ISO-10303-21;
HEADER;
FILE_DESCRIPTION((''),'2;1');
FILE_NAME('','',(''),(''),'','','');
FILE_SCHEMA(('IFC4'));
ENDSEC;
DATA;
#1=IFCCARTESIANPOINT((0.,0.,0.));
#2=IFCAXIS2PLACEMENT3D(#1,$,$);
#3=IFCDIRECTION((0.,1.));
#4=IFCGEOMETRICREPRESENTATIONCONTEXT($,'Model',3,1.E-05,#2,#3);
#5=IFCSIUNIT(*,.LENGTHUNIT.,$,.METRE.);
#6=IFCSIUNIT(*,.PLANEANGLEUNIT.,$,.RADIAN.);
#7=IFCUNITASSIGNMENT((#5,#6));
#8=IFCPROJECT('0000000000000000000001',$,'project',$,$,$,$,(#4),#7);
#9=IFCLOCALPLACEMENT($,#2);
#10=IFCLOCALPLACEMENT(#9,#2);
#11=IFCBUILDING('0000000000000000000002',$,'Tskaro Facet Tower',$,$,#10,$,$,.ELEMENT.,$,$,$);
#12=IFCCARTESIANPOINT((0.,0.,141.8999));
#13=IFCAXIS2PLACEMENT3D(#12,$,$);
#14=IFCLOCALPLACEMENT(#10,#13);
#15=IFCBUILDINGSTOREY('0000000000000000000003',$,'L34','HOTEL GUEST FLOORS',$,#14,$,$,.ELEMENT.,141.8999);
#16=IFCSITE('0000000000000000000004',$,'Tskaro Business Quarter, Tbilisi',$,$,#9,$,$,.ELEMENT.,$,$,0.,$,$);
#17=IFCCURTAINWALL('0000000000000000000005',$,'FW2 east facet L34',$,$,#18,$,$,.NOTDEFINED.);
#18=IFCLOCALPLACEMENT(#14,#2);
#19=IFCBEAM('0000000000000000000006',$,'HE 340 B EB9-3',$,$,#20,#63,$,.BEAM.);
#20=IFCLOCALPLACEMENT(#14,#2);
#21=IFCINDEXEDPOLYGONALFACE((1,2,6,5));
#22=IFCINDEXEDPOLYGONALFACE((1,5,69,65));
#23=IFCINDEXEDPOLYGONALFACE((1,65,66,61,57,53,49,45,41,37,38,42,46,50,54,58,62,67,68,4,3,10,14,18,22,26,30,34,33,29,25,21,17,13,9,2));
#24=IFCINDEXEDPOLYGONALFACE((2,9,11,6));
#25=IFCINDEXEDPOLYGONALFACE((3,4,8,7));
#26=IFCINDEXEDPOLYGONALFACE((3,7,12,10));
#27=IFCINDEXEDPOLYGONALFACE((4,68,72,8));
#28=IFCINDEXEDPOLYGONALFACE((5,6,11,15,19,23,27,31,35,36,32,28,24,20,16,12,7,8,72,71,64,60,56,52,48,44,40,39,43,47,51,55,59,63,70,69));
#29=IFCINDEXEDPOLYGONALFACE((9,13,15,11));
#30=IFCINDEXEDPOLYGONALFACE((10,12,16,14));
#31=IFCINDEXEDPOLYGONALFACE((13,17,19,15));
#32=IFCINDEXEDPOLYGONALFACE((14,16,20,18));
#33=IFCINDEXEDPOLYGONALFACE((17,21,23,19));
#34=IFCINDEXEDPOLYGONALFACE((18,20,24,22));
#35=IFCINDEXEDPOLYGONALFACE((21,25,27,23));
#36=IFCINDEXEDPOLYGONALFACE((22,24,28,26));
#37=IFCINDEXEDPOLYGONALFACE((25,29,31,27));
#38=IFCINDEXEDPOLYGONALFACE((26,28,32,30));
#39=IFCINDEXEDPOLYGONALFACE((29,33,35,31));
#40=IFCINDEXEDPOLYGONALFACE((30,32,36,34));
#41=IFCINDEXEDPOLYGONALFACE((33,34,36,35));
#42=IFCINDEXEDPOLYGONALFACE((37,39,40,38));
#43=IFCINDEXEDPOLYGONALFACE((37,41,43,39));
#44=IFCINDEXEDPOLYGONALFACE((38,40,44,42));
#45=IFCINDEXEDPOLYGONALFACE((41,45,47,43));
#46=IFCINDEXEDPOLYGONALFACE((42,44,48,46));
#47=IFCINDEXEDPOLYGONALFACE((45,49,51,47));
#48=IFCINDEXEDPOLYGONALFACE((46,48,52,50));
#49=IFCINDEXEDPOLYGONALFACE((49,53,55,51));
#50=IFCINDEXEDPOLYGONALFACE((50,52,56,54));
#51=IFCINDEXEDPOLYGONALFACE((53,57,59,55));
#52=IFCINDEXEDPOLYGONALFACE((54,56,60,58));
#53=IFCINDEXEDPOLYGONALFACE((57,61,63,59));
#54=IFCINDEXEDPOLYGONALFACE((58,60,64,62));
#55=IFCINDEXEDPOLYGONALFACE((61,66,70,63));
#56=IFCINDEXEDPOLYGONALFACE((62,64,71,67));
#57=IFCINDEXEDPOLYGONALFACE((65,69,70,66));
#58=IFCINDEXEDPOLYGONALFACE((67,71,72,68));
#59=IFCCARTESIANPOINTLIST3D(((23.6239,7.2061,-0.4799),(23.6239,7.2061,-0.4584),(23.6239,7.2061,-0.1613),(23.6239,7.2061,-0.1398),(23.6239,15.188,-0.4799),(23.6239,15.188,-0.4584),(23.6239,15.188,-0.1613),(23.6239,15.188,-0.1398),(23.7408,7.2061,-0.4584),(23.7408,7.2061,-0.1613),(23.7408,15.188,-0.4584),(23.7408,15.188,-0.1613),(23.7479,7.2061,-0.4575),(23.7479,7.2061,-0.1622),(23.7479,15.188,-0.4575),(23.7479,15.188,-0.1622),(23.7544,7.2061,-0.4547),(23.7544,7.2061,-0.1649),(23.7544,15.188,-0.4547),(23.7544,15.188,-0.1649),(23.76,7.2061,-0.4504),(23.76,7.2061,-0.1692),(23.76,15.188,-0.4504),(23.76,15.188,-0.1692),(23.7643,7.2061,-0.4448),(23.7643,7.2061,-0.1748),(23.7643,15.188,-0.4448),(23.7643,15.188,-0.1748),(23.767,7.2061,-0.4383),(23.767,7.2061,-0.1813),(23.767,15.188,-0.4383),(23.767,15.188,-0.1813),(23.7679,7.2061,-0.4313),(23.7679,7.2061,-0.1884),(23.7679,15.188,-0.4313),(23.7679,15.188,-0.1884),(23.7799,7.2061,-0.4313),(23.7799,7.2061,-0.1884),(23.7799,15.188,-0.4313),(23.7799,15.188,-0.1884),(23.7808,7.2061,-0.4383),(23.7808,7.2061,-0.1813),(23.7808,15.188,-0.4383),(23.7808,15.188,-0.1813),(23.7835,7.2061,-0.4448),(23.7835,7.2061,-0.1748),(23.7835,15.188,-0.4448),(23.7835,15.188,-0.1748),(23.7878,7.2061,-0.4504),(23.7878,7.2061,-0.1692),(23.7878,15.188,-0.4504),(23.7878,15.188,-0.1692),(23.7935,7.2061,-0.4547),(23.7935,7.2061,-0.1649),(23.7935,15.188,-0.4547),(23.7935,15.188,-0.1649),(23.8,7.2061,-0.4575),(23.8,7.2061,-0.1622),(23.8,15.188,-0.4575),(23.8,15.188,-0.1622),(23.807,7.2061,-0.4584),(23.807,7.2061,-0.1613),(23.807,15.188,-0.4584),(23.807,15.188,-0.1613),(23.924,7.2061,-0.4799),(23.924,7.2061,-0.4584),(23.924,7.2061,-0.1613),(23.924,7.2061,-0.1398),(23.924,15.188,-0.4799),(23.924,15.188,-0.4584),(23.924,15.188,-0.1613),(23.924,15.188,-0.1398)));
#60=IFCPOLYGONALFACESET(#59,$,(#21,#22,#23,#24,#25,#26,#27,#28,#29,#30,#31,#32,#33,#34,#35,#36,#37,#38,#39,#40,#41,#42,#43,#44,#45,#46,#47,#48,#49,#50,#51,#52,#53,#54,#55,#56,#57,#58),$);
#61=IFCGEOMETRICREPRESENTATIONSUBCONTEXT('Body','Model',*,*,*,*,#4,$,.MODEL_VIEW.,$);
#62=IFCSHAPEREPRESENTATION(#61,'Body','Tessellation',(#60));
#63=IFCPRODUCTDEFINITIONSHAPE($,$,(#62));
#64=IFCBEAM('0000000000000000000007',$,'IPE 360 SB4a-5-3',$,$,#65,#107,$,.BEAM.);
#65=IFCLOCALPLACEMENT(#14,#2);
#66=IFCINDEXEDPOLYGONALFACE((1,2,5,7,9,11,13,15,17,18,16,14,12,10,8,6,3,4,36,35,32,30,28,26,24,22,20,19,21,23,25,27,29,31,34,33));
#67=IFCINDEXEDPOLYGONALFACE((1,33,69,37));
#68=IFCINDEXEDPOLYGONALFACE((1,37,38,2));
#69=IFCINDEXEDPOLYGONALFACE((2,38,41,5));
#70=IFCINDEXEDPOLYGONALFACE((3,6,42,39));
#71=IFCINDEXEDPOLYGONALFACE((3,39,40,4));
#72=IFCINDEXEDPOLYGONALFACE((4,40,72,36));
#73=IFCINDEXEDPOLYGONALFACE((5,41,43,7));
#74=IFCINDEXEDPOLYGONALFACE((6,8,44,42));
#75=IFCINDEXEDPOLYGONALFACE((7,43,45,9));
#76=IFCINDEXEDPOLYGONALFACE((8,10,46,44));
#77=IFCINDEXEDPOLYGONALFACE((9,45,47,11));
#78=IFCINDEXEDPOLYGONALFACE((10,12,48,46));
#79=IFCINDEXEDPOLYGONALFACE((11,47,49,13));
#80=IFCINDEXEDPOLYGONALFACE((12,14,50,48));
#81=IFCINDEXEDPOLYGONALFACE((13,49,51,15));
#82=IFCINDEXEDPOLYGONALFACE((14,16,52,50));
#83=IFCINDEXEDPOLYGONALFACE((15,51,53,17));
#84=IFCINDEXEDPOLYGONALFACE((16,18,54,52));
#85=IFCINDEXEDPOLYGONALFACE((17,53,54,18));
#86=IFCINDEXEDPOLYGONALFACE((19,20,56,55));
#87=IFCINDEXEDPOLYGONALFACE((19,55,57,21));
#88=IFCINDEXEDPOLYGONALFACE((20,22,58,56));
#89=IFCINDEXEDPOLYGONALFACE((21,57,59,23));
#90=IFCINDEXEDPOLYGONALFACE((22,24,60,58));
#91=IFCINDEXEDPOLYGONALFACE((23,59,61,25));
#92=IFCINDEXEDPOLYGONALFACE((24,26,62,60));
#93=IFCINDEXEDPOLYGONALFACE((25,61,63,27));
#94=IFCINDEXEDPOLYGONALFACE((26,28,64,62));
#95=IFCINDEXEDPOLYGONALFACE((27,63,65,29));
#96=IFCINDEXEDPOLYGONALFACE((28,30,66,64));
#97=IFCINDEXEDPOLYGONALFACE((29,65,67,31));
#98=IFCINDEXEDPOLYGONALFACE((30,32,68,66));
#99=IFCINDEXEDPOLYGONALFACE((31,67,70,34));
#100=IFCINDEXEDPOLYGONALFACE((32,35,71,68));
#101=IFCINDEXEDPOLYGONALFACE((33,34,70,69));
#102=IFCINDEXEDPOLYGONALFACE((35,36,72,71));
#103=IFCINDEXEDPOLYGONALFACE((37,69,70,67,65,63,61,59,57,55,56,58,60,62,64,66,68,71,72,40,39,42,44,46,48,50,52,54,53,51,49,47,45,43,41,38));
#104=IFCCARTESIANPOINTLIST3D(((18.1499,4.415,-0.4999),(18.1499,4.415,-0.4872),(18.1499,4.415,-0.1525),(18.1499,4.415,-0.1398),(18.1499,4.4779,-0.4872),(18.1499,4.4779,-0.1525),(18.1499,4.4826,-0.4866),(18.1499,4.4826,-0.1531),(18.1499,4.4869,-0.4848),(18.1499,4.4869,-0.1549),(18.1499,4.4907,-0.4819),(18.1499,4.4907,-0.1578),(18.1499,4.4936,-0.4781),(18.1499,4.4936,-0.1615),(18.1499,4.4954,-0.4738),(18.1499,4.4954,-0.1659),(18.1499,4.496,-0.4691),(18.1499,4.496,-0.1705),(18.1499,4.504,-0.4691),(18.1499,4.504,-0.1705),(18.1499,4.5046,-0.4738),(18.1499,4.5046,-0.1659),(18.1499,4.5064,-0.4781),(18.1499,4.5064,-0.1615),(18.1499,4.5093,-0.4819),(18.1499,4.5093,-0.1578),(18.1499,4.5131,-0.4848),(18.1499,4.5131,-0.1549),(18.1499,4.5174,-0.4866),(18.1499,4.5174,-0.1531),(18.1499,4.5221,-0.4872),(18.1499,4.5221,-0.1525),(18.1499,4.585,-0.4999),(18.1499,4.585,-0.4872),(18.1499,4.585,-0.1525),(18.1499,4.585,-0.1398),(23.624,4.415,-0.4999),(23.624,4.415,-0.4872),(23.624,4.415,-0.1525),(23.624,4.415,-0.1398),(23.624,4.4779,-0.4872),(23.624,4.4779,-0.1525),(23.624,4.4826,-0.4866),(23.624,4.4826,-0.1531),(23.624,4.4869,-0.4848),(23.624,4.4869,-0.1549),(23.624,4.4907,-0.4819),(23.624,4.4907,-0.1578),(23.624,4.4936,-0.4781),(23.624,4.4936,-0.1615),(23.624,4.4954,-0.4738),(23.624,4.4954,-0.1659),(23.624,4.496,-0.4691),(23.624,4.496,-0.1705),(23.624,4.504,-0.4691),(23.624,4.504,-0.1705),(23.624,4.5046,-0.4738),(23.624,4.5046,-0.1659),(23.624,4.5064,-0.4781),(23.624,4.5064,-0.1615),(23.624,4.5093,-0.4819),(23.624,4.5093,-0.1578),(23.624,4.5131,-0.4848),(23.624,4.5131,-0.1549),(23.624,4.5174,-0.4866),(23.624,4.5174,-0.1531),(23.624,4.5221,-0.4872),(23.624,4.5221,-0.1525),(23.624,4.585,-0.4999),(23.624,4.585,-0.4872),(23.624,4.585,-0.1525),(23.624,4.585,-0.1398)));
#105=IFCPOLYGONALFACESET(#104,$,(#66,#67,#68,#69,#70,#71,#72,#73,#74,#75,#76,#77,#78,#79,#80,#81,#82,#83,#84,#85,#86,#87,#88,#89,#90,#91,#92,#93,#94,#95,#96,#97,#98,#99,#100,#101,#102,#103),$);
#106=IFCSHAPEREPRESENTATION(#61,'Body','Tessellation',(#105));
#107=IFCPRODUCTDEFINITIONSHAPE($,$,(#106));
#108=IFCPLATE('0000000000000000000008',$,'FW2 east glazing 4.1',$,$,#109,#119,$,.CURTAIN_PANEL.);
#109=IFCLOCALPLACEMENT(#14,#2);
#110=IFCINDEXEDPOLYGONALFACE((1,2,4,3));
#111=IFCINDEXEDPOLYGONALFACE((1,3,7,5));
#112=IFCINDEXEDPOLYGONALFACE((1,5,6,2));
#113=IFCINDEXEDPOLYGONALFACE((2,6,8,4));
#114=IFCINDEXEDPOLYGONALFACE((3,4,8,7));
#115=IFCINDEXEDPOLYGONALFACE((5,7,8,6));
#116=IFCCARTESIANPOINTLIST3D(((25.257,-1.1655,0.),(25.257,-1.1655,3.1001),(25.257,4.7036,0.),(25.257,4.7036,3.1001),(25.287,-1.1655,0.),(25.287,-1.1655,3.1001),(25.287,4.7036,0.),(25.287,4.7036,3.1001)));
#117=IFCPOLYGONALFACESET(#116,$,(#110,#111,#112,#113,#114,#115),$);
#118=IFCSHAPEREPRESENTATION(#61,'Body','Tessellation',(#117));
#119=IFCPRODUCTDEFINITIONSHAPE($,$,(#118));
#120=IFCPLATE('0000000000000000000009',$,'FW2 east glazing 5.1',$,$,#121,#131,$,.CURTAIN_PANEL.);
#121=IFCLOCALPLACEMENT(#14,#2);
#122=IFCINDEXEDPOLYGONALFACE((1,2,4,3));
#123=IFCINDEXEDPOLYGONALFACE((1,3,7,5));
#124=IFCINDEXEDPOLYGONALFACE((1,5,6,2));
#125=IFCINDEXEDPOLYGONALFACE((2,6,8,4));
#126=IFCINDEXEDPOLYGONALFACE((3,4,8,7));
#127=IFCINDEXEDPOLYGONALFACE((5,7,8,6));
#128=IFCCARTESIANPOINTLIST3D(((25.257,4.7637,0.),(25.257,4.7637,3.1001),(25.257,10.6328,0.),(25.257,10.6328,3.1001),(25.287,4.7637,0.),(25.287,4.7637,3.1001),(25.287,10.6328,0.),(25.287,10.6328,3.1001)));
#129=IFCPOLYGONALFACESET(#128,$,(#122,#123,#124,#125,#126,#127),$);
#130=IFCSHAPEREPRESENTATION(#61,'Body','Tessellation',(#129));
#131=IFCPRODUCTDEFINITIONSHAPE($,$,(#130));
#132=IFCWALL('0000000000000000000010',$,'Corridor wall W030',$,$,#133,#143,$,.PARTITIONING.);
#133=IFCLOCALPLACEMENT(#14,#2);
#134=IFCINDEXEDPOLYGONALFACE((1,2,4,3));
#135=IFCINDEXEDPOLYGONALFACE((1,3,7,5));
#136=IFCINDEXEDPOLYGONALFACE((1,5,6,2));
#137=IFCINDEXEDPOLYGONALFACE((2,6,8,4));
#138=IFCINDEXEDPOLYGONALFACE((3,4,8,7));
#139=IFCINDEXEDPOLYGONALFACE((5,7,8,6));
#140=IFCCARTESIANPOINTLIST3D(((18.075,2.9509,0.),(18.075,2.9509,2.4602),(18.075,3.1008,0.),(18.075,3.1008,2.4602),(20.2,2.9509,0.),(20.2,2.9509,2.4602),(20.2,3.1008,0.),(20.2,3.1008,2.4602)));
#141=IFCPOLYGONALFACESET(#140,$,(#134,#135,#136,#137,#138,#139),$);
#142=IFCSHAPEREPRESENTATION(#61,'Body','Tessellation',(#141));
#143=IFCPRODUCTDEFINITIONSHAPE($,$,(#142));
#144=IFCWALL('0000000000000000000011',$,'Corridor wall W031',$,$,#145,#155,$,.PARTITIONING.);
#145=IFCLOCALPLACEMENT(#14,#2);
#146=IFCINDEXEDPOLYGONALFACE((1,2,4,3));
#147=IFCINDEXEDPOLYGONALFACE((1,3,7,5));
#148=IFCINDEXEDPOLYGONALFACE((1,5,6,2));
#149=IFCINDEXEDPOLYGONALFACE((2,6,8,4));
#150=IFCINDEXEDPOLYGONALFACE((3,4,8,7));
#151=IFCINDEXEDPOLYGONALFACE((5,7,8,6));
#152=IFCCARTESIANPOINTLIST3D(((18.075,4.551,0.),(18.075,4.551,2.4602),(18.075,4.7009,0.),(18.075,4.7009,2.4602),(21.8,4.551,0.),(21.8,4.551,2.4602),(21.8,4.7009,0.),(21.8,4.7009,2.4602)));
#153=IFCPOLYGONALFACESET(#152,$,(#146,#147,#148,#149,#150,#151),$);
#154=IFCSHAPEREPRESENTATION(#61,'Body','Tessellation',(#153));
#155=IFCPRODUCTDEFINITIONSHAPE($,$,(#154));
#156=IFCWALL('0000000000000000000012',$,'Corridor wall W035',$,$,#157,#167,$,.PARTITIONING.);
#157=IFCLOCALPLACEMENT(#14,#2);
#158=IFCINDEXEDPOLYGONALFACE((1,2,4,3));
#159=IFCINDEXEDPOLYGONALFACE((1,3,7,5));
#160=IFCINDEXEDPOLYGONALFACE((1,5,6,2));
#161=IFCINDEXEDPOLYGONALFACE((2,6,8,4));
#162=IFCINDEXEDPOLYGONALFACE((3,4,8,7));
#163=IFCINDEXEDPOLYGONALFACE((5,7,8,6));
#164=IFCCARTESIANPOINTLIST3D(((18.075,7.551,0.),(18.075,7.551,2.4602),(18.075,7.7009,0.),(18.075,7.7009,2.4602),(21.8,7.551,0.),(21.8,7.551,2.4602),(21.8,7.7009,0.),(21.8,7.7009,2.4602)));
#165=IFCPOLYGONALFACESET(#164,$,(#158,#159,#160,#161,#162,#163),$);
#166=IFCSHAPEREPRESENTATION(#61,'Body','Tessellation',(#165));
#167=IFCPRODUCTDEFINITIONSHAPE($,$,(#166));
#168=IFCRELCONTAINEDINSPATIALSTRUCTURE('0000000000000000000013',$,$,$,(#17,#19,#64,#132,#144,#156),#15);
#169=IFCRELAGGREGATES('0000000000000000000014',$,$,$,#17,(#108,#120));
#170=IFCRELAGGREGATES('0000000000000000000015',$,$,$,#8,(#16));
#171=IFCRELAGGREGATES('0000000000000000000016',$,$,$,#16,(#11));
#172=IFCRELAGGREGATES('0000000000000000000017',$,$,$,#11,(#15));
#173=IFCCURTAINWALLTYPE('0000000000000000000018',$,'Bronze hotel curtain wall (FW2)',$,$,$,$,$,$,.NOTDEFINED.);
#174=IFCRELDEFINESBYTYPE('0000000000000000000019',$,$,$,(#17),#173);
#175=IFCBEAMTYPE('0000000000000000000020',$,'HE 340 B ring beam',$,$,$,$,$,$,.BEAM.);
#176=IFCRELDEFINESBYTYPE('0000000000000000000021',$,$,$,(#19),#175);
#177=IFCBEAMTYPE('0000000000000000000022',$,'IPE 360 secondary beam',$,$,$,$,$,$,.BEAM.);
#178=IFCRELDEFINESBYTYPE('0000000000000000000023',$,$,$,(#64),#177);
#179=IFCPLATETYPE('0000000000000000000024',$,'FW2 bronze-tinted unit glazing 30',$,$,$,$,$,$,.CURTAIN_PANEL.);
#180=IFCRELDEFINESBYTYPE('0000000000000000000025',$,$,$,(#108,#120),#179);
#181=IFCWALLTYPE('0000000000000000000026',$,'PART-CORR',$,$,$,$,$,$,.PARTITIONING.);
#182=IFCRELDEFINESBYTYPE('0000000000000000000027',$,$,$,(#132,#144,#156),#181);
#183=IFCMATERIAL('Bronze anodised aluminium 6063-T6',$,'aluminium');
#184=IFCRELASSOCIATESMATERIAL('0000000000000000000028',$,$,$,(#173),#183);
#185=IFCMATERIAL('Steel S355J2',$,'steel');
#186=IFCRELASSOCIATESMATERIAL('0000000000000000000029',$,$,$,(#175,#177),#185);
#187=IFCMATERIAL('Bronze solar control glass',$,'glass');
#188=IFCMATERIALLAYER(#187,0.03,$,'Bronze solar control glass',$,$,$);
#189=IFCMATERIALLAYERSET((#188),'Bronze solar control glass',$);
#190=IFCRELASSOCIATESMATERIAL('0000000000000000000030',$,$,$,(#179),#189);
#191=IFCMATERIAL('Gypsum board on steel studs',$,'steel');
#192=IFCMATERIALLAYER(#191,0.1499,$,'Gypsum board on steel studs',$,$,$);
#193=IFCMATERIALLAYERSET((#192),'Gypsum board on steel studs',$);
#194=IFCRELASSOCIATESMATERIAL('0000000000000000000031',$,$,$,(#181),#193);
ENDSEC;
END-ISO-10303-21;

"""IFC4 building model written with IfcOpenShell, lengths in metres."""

from ifc_helpers import new_model, si_unit, direction, frame, frame_2d, origin, origin_2d, place, context, subcontext, project, spatial, rectangle, i_section, extrude, material, layer, layer_set, material_profile, profile_set, type_object, element, aggregate, save


model = new_model("IFC4")

# Units and contexts
model_context = context("Model", 3, precision=1e-05, world=origin(), true_north=direction((0.0, 1.0)))
body_context = subcontext(model_context, "Body", "Model", "MODEL_VIEW")
ifc_project = project(units=[si_unit("LENGTHUNIT", "METRE"), si_unit("PLANEANGLEUNIT", "RADIAN")], contexts=[model_context])

# Site, building, storey
site_placement = place(None, origin())
site = spatial("IfcSite", under=ifc_project, at=site_placement, Name="Tskaro Business Quarter, Tbilisi", CompositionType="ELEMENT", RefElevation=0.0)
building_placement = place(site_placement, origin())
building = spatial("IfcBuilding", under=site, at=building_placement, Name="Tskaro Facet Tower", CompositionType="ELEMENT")
storey_placement = place(building_placement, frame((0.0, 0.0, 141.8999)))
storey = spatial("IfcBuildingStorey", under=building, at=storey_placement, Name="L34", Description="HOTEL GUEST FLOORS", CompositionType="ELEMENT", Elevation=141.8999)

# Curtain wall
ifc_material_1 = material(Name="Bronze anodised aluminium 6063-T6", Category="aluminium")
curtain_wall_type = type_object("IfcCurtainWallType", Name="Bronze hotel curtain wall (FW2)", PredefinedType="NOTDEFINED", material=ifc_material_1)
curtain_wall_placement = place(storey_placement, origin())
curtain_wall = element("IfcCurtainWall", 1, at=curtain_wall_placement, inside=storey, type_object=curtain_wall_type, Name="FW2 east facet L34", PredefinedType="NOTDEFINED")

# Beams
ifc_material_2 = material(Name="Steel S355J2", Category="steel")
ifc_material_profile_1 = material_profile(ifc_material_2, i_section(OverallWidth=0.3, OverallDepth=0.3401, WebThickness=0.012, FlangeThickness=0.0215, FilletRadius=0.0271, at=origin_2d()), Name="HE 340 B")
ifc_profile_set_1 = profile_set([ifc_material_profile_1], Name="Steel S355J2")
beam_type_1 = type_object("IfcBeamType", Name="HE 340 B ring beam", PredefinedType="BEAM", material=ifc_profile_set_1)
for number, where, z_axis, x_axis, name in (
    (2, (23.7739, 7.2061, -0.3098), (0.0, 1.0, 0.0), (-1.0, 0.0, 0.0), "HE 340 B EB9-3"),
):
    element("IfcBeam", number, at=place(storey_placement, frame(where, z_axis=z_axis, x_axis=x_axis)), inside=storey, type_object=beam_type_1, Name=name, PredefinedType="BEAM", context=body_context, shape_type="SweptSolid", body=[
        extrude(i_section(OverallWidth=0.3, OverallDepth=0.3401, WebThickness=0.012, FlangeThickness=0.0215, FilletRadius=0.0271, at=origin_2d()), origin(), (0.0, 0.0, 1.0), 7.9819),
    ])
ifc_material_profile_2 = material_profile(ifc_material_2, i_section(OverallWidth=0.1699, OverallDepth=0.3601, WebThickness=0.0081, FlangeThickness=0.0127, FilletRadius=0.0181, at=origin_2d()), Name="IPE 360")
ifc_profile_set_2 = profile_set([ifc_material_profile_2], Name="Steel S355J2")
beam_type_2 = type_object("IfcBeamType", Name="IPE 360 secondary beam", PredefinedType="BEAM", material=ifc_profile_set_2)
beam_placement = place(storey_placement, frame((18.1499, 4.5, -0.3198), z_axis=(1.0, 0.0, 0.0), x_axis=(0.0, 1.0, 0.0)))
element("IfcBeam", 3, at=beam_placement, inside=storey, type_object=beam_type_2, Name="IPE 360 SB4a-5-3", PredefinedType="BEAM", context=body_context, shape_type="SweptSolid", body=[
    extrude(i_section(OverallWidth=0.1699, OverallDepth=0.3601, WebThickness=0.0081, FlangeThickness=0.0127, FilletRadius=0.0181, at=origin_2d()), origin(), (0.0, 0.0, 1.0), 5.4741),
])

# Plates
ifc_material_3 = material(Name="Bronze solar control glass", Category="glass")
ifc_layer_1 = layer(ifc_material_3, 0.03, Name="Bronze solar control glass")
ifc_layer_set_1 = layer_set([ifc_layer_1], Name="Bronze solar control glass")
plate_type = type_object("IfcPlateType", Name="FW2 bronze-tinted unit glazing 30", PredefinedType="CURTAIN_PANEL", material=ifc_layer_set_1)
plate_1_placement = place(storey_placement, frame((25.272, 1.769, 0.0), z_axis=(0.0, 0.0, 1.0), x_axis=(0.0, 1.0, 0.0)))
plate_1 = element("IfcPlate", 4, at=plate_1_placement, type_object=plate_type, Name="FW2 east glazing 4.1", PredefinedType="CURTAIN_PANEL", context=body_context, shape_type="SweptSolid", body=[
    extrude(rectangle(XDim=5.8691, YDim=0.03, at=origin_2d()), origin(), (0.0, 0.0, 1.0), 3.1001),
])
plate_2_placement = place(storey_placement, frame((25.272, 7.6982, 0.0), z_axis=(0.0, 0.0, 1.0), x_axis=(0.0, 1.0, 0.0)))
plate_2 = element("IfcPlate", 5, at=plate_2_placement, type_object=plate_type, Name="FW2 east glazing 5.1", PredefinedType="CURTAIN_PANEL", context=body_context, shape_type="SweptSolid", body=[
    extrude(rectangle(XDim=5.8691, YDim=0.03, at=origin_2d()), origin(), (0.0, 0.0, 1.0), 3.1001),
])
aggregate(curtain_wall, [plate_1, plate_2])

# Walls
ifc_material_4 = material(Name="Gypsum board on steel studs", Category="steel")
ifc_layer_2 = layer(ifc_material_4, 0.1499, Name="Gypsum board on steel studs")
ifc_layer_set_2 = layer_set([ifc_layer_2], Name="Gypsum board on steel studs")
wall_type_1 = type_object("IfcWallType", Name="PART-CORR", PredefinedType="PARTITIONING", material=ifc_layer_set_2)
wall_1_placement = place(storey_placement, frame((18.075, 3.0259, 0.0), z_axis=(0.0, 0.0, 1.0), x_axis=(1.0, 0.0, 0.0)))
element("IfcWall", 6, at=wall_1_placement, inside=storey, type_object=wall_type_1, Name="Corridor wall W030", PredefinedType="PARTITIONING", context=body_context, shape_type="SweptSolid", body=[
    extrude(rectangle(XDim=2.125, YDim=0.1499, at=frame_2d((1.0625, 0.0))), origin(), (0.0, 0.0, 1.0), 2.4602),
])
for number, where, z_axis, x_axis, name in (
    (7, (18.075, 4.626, 0.0), (0.0, 0.0, 1.0), (1.0, 0.0, 0.0), "Corridor wall W031"),
    (8, (18.075, 7.626, 0.0), (0.0, 0.0, 1.0), (1.0, 0.0, 0.0), "Corridor wall W035"),
):
    element("IfcWall", number, at=place(storey_placement, frame(where, z_axis=z_axis, x_axis=x_axis)), inside=storey, type_object=wall_type_1, Name=name, PredefinedType="PARTITIONING", context=body_context, shape_type="SweptSolid", body=[
        extrude(rectangle(XDim=3.7251, YDim=0.1499, at=frame_2d((1.8625, 0.0))), origin(), (0.0, 0.0, 1.0), 2.4602),
    ])

save(model, "model.ifc")
